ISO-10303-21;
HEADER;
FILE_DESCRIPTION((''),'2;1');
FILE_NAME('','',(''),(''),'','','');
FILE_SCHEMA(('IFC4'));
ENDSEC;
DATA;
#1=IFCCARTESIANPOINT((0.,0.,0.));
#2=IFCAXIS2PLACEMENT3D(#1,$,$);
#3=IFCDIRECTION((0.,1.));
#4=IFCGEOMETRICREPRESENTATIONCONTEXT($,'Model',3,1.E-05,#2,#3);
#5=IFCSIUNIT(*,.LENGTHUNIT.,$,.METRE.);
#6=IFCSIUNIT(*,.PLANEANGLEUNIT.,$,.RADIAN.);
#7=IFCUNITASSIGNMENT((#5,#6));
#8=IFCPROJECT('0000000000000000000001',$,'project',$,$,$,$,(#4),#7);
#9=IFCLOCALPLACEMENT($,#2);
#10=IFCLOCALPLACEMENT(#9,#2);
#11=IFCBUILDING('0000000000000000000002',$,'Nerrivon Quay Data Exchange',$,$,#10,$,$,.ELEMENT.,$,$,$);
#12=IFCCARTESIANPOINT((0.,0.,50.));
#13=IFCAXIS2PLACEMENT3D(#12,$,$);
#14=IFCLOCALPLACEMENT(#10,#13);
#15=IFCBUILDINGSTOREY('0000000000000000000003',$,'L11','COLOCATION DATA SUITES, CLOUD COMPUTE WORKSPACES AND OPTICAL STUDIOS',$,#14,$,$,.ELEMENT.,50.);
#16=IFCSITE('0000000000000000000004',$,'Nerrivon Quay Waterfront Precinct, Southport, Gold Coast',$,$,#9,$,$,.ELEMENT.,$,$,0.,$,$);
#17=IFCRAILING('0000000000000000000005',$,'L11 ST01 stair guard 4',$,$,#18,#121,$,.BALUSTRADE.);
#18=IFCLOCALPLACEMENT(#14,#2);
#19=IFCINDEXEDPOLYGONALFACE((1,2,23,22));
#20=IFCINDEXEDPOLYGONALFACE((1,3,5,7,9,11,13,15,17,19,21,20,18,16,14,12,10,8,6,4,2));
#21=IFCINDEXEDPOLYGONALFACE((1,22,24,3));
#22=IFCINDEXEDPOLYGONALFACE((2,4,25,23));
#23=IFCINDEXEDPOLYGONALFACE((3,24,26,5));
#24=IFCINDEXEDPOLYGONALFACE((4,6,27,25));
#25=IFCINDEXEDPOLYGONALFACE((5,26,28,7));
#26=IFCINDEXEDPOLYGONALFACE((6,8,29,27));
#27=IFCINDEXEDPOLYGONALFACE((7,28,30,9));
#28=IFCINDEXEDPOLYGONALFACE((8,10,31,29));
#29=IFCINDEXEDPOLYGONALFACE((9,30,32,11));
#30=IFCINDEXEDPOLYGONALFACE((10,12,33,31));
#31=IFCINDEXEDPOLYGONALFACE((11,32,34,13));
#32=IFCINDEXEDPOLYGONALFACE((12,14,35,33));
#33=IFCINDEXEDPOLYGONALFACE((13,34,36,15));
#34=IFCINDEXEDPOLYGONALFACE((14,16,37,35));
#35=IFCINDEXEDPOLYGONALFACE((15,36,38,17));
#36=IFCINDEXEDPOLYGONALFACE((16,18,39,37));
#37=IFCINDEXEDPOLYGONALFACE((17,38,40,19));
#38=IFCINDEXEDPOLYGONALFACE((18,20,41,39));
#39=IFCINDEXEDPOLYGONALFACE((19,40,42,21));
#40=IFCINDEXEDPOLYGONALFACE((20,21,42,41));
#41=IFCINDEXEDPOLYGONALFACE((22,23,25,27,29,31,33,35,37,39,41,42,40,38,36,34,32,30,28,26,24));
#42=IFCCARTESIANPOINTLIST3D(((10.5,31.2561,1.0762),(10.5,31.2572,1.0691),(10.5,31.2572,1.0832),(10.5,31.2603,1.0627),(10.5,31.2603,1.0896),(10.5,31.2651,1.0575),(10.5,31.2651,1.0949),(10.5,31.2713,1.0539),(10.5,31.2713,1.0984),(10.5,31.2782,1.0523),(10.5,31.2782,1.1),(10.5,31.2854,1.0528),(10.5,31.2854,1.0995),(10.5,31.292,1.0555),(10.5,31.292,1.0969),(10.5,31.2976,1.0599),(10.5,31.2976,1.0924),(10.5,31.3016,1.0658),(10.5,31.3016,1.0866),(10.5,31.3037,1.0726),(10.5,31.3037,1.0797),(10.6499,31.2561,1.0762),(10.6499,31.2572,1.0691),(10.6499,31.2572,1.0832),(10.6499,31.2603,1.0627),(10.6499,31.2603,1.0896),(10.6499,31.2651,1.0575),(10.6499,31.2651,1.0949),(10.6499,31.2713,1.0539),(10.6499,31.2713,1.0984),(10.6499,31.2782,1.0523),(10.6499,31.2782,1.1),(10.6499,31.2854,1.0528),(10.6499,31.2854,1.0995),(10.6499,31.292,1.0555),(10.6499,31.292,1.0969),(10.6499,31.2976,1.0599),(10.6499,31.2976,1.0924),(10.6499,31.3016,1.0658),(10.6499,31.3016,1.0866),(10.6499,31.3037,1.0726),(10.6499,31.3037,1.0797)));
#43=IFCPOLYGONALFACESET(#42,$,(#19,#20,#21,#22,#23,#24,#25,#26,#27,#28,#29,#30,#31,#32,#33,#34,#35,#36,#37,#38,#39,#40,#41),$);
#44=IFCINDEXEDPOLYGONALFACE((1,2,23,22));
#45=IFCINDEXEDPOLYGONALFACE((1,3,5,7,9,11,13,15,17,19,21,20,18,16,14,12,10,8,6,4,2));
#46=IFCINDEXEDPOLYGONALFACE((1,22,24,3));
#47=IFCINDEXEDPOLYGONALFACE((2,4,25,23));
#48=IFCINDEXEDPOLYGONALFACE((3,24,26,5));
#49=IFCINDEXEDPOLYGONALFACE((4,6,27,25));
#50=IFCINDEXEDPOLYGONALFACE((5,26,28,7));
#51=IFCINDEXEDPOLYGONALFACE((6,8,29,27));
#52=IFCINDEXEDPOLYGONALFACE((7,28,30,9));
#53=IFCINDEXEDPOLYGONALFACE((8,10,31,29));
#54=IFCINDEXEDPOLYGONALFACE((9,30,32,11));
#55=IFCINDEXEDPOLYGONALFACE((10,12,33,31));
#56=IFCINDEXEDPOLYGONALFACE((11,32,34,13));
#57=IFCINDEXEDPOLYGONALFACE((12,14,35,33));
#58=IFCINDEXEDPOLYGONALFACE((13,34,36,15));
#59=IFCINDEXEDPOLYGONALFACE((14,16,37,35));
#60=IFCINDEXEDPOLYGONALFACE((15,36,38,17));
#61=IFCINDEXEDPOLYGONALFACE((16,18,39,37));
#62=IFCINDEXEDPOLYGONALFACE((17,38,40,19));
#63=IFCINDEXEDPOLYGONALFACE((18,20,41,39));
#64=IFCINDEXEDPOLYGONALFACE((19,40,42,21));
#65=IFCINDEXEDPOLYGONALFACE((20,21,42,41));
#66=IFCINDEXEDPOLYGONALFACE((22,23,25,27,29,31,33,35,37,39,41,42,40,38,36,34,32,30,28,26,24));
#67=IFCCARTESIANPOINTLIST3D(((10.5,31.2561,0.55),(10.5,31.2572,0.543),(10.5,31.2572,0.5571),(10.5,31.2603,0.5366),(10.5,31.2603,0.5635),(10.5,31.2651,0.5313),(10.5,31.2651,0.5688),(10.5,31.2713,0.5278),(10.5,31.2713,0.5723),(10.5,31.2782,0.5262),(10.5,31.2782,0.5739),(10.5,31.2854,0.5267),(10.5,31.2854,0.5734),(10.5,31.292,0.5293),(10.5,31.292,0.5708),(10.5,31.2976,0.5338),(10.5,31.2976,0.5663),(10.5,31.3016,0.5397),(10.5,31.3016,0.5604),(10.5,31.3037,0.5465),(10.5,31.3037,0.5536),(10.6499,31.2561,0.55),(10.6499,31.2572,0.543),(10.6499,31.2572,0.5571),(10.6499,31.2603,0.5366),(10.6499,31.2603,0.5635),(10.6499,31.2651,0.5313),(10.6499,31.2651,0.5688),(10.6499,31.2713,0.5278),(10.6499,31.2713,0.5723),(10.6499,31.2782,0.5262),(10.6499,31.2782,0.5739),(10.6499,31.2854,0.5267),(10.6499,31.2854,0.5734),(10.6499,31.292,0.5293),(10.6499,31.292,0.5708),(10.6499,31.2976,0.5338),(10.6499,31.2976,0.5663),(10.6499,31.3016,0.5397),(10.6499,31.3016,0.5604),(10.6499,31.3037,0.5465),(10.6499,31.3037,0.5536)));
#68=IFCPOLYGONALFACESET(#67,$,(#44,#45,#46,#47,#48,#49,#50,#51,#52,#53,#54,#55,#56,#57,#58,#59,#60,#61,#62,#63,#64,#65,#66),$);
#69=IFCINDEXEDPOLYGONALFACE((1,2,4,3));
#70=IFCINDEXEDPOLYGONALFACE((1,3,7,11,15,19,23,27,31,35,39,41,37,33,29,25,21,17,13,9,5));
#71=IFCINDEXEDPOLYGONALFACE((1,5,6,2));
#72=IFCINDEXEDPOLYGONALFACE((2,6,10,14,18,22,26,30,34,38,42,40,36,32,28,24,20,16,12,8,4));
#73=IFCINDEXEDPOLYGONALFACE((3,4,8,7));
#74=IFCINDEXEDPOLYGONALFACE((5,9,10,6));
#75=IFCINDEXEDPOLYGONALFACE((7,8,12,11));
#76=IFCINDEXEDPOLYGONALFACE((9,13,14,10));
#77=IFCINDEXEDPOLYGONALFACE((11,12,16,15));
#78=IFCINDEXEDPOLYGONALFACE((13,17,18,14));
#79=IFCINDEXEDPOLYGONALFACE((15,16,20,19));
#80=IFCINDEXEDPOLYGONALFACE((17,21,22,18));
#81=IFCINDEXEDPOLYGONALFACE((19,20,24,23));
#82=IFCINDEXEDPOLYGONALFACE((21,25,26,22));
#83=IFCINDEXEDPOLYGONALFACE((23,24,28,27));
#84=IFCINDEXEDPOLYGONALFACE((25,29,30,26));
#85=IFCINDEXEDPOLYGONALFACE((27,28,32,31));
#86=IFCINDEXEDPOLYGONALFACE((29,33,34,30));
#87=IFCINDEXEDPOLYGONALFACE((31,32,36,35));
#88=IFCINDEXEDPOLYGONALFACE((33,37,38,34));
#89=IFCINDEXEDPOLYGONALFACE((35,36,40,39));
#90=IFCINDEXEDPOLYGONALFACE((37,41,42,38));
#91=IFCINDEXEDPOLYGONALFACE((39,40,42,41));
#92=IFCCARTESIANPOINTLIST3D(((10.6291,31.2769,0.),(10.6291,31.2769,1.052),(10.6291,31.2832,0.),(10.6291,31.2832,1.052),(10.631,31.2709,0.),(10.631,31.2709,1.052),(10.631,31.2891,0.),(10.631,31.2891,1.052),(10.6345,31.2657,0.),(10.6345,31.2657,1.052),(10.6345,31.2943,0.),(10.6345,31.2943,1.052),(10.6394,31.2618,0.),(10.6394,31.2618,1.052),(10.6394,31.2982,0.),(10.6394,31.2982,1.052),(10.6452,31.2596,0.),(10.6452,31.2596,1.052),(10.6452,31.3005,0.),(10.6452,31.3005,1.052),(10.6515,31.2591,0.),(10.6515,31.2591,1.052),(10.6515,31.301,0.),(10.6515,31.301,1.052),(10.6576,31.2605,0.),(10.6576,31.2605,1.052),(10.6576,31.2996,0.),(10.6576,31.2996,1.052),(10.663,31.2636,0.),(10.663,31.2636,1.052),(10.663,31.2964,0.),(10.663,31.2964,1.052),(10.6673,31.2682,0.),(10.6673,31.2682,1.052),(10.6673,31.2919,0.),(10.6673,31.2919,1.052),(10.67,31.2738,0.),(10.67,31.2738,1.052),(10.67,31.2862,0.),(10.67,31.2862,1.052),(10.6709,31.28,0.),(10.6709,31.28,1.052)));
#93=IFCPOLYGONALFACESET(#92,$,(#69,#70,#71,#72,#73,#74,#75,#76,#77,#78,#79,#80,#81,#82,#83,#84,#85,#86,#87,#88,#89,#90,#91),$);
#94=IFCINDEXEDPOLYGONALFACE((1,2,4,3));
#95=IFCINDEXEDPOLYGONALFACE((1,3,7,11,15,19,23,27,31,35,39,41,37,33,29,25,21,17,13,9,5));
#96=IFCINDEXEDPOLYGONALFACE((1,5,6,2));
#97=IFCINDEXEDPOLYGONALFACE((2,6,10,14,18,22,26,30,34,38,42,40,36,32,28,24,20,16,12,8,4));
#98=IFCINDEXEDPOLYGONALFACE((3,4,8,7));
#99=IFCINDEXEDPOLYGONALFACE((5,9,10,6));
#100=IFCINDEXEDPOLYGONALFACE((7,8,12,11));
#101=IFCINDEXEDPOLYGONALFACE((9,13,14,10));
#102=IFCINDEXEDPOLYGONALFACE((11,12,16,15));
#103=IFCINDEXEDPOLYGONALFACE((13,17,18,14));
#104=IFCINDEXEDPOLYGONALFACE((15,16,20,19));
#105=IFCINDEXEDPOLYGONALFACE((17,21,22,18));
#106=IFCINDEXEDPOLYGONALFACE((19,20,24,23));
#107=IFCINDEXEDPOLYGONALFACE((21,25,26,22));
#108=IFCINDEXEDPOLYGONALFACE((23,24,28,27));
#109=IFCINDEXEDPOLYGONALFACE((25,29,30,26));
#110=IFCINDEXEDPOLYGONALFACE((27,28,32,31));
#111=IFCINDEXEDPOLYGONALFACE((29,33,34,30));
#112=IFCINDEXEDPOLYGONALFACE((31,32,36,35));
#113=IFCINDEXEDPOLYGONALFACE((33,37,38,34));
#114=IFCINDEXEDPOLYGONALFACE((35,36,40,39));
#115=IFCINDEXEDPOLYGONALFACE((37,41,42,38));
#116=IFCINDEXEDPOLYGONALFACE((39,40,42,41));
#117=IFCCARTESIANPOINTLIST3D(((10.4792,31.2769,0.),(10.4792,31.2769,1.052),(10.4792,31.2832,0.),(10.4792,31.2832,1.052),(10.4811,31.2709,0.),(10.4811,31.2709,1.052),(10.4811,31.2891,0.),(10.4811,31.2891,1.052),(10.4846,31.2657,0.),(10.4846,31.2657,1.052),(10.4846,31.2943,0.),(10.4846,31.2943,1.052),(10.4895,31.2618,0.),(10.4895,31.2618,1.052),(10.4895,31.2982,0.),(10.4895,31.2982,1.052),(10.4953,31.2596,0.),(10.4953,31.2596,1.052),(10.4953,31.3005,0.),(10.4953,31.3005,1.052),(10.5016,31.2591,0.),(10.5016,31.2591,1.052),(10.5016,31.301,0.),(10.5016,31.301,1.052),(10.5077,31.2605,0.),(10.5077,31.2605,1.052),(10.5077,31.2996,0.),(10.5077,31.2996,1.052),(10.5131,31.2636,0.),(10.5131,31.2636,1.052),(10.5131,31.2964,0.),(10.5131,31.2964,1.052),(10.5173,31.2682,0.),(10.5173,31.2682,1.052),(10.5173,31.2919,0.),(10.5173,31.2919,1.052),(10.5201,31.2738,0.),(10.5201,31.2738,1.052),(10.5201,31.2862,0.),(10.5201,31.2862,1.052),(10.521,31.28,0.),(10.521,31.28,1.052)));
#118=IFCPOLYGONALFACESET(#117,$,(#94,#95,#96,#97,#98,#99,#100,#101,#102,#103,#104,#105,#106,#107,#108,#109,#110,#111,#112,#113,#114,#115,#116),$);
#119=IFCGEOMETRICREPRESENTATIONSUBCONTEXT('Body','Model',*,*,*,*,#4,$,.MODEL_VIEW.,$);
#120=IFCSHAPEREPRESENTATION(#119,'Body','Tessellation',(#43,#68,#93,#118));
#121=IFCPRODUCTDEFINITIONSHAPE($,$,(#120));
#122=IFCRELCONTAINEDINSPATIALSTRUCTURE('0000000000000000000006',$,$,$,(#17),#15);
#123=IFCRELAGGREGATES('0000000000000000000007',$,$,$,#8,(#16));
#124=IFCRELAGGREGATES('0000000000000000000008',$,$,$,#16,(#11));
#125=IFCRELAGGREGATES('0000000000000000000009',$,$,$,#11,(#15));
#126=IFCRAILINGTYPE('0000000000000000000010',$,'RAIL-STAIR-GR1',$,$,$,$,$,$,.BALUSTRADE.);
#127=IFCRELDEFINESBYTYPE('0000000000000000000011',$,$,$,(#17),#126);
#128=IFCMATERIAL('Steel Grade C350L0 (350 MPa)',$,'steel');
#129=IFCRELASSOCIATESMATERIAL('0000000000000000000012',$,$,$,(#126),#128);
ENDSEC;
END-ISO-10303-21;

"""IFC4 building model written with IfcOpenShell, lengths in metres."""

from ifc_helpers import new_model, si_unit, direction, frame, origin, origin_2d, place, context, subcontext, project, spatial, circle, extrude, material, type_object, element, save


model = new_model("IFC4")

# Units and contexts
model_context = context("Model", 3, precision=1e-05, world=origin(), true_north=direction((0.0, 1.0)))
body_context = subcontext(model_context, "Body", "Model", "MODEL_VIEW")
ifc_project = project(units=[si_unit("LENGTHUNIT", "METRE"), si_unit("PLANEANGLEUNIT", "RADIAN")], contexts=[model_context])

# Site, building, storey
site_placement = place(None, origin())
site = spatial("IfcSite", under=ifc_project, at=site_placement, Name="Nerrivon Quay Waterfront Precinct, Southport, Gold Coast", CompositionType="ELEMENT", RefElevation=0.0)
building_placement = place(site_placement, origin())
building = spatial("IfcBuilding", under=site, at=building_placement, Name="Nerrivon Quay Data Exchange", CompositionType="ELEMENT")
storey_placement = place(building_placement, frame((0.0, 0.0, 50.0)))
storey = spatial("IfcBuildingStorey", under=building, at=storey_placement, Name="L11", Description="COLOCATION DATA SUITES, CLOUD COMPUTE WORKSPACES AND OPTICAL STUDIOS", CompositionType="ELEMENT", Elevation=50.0)

# Railing
ifc_material_1 = material(Name="Steel Grade C350L0 (350 MPa)", Category="steel")
railing_type_1 = type_object("IfcRailingType", Name="RAIL-STAIR-GR1", PredefinedType="BALUSTRADE", material=ifc_material_1)
railing_1_placement = place(storey_placement, frame((10.6499, 31.28, 0.0)))
element("IfcRailing", 1, at=railing_1_placement, inside=storey, type_object=railing_type_1, Name="L11 ST01 stair guard 4", PredefinedType="BALUSTRADE", context=body_context, shape_type="SweptSolid", body=[
    extrude(circle(Radius=0.0239, at=origin_2d()), frame((0.0, 0.0, 1.0762), z_axis=(-1.0, 0.0, 0.0), x_axis=(0.0, -1.0, 0.0)), (0.0, 0.0, 1.0), 0.1499),
    extrude(circle(Radius=0.0239, at=origin_2d()), frame((0.0, 0.0, 0.55), z_axis=(-1.0, 0.0, 0.0), x_axis=(0.0, -1.0, 0.0)), (0.0, 0.0, 1.0), 0.1499),
    extrude(circle(Radius=0.021, at=origin_2d()), origin(), (0.0, 0.0, 1.0), 1.052),
    extrude(circle(Radius=0.021, at=origin_2d()), frame((-0.1499, 0.0, 0.0)), (0.0, 0.0, 1.0), 1.052),
])

save(model, "model.ifc")
